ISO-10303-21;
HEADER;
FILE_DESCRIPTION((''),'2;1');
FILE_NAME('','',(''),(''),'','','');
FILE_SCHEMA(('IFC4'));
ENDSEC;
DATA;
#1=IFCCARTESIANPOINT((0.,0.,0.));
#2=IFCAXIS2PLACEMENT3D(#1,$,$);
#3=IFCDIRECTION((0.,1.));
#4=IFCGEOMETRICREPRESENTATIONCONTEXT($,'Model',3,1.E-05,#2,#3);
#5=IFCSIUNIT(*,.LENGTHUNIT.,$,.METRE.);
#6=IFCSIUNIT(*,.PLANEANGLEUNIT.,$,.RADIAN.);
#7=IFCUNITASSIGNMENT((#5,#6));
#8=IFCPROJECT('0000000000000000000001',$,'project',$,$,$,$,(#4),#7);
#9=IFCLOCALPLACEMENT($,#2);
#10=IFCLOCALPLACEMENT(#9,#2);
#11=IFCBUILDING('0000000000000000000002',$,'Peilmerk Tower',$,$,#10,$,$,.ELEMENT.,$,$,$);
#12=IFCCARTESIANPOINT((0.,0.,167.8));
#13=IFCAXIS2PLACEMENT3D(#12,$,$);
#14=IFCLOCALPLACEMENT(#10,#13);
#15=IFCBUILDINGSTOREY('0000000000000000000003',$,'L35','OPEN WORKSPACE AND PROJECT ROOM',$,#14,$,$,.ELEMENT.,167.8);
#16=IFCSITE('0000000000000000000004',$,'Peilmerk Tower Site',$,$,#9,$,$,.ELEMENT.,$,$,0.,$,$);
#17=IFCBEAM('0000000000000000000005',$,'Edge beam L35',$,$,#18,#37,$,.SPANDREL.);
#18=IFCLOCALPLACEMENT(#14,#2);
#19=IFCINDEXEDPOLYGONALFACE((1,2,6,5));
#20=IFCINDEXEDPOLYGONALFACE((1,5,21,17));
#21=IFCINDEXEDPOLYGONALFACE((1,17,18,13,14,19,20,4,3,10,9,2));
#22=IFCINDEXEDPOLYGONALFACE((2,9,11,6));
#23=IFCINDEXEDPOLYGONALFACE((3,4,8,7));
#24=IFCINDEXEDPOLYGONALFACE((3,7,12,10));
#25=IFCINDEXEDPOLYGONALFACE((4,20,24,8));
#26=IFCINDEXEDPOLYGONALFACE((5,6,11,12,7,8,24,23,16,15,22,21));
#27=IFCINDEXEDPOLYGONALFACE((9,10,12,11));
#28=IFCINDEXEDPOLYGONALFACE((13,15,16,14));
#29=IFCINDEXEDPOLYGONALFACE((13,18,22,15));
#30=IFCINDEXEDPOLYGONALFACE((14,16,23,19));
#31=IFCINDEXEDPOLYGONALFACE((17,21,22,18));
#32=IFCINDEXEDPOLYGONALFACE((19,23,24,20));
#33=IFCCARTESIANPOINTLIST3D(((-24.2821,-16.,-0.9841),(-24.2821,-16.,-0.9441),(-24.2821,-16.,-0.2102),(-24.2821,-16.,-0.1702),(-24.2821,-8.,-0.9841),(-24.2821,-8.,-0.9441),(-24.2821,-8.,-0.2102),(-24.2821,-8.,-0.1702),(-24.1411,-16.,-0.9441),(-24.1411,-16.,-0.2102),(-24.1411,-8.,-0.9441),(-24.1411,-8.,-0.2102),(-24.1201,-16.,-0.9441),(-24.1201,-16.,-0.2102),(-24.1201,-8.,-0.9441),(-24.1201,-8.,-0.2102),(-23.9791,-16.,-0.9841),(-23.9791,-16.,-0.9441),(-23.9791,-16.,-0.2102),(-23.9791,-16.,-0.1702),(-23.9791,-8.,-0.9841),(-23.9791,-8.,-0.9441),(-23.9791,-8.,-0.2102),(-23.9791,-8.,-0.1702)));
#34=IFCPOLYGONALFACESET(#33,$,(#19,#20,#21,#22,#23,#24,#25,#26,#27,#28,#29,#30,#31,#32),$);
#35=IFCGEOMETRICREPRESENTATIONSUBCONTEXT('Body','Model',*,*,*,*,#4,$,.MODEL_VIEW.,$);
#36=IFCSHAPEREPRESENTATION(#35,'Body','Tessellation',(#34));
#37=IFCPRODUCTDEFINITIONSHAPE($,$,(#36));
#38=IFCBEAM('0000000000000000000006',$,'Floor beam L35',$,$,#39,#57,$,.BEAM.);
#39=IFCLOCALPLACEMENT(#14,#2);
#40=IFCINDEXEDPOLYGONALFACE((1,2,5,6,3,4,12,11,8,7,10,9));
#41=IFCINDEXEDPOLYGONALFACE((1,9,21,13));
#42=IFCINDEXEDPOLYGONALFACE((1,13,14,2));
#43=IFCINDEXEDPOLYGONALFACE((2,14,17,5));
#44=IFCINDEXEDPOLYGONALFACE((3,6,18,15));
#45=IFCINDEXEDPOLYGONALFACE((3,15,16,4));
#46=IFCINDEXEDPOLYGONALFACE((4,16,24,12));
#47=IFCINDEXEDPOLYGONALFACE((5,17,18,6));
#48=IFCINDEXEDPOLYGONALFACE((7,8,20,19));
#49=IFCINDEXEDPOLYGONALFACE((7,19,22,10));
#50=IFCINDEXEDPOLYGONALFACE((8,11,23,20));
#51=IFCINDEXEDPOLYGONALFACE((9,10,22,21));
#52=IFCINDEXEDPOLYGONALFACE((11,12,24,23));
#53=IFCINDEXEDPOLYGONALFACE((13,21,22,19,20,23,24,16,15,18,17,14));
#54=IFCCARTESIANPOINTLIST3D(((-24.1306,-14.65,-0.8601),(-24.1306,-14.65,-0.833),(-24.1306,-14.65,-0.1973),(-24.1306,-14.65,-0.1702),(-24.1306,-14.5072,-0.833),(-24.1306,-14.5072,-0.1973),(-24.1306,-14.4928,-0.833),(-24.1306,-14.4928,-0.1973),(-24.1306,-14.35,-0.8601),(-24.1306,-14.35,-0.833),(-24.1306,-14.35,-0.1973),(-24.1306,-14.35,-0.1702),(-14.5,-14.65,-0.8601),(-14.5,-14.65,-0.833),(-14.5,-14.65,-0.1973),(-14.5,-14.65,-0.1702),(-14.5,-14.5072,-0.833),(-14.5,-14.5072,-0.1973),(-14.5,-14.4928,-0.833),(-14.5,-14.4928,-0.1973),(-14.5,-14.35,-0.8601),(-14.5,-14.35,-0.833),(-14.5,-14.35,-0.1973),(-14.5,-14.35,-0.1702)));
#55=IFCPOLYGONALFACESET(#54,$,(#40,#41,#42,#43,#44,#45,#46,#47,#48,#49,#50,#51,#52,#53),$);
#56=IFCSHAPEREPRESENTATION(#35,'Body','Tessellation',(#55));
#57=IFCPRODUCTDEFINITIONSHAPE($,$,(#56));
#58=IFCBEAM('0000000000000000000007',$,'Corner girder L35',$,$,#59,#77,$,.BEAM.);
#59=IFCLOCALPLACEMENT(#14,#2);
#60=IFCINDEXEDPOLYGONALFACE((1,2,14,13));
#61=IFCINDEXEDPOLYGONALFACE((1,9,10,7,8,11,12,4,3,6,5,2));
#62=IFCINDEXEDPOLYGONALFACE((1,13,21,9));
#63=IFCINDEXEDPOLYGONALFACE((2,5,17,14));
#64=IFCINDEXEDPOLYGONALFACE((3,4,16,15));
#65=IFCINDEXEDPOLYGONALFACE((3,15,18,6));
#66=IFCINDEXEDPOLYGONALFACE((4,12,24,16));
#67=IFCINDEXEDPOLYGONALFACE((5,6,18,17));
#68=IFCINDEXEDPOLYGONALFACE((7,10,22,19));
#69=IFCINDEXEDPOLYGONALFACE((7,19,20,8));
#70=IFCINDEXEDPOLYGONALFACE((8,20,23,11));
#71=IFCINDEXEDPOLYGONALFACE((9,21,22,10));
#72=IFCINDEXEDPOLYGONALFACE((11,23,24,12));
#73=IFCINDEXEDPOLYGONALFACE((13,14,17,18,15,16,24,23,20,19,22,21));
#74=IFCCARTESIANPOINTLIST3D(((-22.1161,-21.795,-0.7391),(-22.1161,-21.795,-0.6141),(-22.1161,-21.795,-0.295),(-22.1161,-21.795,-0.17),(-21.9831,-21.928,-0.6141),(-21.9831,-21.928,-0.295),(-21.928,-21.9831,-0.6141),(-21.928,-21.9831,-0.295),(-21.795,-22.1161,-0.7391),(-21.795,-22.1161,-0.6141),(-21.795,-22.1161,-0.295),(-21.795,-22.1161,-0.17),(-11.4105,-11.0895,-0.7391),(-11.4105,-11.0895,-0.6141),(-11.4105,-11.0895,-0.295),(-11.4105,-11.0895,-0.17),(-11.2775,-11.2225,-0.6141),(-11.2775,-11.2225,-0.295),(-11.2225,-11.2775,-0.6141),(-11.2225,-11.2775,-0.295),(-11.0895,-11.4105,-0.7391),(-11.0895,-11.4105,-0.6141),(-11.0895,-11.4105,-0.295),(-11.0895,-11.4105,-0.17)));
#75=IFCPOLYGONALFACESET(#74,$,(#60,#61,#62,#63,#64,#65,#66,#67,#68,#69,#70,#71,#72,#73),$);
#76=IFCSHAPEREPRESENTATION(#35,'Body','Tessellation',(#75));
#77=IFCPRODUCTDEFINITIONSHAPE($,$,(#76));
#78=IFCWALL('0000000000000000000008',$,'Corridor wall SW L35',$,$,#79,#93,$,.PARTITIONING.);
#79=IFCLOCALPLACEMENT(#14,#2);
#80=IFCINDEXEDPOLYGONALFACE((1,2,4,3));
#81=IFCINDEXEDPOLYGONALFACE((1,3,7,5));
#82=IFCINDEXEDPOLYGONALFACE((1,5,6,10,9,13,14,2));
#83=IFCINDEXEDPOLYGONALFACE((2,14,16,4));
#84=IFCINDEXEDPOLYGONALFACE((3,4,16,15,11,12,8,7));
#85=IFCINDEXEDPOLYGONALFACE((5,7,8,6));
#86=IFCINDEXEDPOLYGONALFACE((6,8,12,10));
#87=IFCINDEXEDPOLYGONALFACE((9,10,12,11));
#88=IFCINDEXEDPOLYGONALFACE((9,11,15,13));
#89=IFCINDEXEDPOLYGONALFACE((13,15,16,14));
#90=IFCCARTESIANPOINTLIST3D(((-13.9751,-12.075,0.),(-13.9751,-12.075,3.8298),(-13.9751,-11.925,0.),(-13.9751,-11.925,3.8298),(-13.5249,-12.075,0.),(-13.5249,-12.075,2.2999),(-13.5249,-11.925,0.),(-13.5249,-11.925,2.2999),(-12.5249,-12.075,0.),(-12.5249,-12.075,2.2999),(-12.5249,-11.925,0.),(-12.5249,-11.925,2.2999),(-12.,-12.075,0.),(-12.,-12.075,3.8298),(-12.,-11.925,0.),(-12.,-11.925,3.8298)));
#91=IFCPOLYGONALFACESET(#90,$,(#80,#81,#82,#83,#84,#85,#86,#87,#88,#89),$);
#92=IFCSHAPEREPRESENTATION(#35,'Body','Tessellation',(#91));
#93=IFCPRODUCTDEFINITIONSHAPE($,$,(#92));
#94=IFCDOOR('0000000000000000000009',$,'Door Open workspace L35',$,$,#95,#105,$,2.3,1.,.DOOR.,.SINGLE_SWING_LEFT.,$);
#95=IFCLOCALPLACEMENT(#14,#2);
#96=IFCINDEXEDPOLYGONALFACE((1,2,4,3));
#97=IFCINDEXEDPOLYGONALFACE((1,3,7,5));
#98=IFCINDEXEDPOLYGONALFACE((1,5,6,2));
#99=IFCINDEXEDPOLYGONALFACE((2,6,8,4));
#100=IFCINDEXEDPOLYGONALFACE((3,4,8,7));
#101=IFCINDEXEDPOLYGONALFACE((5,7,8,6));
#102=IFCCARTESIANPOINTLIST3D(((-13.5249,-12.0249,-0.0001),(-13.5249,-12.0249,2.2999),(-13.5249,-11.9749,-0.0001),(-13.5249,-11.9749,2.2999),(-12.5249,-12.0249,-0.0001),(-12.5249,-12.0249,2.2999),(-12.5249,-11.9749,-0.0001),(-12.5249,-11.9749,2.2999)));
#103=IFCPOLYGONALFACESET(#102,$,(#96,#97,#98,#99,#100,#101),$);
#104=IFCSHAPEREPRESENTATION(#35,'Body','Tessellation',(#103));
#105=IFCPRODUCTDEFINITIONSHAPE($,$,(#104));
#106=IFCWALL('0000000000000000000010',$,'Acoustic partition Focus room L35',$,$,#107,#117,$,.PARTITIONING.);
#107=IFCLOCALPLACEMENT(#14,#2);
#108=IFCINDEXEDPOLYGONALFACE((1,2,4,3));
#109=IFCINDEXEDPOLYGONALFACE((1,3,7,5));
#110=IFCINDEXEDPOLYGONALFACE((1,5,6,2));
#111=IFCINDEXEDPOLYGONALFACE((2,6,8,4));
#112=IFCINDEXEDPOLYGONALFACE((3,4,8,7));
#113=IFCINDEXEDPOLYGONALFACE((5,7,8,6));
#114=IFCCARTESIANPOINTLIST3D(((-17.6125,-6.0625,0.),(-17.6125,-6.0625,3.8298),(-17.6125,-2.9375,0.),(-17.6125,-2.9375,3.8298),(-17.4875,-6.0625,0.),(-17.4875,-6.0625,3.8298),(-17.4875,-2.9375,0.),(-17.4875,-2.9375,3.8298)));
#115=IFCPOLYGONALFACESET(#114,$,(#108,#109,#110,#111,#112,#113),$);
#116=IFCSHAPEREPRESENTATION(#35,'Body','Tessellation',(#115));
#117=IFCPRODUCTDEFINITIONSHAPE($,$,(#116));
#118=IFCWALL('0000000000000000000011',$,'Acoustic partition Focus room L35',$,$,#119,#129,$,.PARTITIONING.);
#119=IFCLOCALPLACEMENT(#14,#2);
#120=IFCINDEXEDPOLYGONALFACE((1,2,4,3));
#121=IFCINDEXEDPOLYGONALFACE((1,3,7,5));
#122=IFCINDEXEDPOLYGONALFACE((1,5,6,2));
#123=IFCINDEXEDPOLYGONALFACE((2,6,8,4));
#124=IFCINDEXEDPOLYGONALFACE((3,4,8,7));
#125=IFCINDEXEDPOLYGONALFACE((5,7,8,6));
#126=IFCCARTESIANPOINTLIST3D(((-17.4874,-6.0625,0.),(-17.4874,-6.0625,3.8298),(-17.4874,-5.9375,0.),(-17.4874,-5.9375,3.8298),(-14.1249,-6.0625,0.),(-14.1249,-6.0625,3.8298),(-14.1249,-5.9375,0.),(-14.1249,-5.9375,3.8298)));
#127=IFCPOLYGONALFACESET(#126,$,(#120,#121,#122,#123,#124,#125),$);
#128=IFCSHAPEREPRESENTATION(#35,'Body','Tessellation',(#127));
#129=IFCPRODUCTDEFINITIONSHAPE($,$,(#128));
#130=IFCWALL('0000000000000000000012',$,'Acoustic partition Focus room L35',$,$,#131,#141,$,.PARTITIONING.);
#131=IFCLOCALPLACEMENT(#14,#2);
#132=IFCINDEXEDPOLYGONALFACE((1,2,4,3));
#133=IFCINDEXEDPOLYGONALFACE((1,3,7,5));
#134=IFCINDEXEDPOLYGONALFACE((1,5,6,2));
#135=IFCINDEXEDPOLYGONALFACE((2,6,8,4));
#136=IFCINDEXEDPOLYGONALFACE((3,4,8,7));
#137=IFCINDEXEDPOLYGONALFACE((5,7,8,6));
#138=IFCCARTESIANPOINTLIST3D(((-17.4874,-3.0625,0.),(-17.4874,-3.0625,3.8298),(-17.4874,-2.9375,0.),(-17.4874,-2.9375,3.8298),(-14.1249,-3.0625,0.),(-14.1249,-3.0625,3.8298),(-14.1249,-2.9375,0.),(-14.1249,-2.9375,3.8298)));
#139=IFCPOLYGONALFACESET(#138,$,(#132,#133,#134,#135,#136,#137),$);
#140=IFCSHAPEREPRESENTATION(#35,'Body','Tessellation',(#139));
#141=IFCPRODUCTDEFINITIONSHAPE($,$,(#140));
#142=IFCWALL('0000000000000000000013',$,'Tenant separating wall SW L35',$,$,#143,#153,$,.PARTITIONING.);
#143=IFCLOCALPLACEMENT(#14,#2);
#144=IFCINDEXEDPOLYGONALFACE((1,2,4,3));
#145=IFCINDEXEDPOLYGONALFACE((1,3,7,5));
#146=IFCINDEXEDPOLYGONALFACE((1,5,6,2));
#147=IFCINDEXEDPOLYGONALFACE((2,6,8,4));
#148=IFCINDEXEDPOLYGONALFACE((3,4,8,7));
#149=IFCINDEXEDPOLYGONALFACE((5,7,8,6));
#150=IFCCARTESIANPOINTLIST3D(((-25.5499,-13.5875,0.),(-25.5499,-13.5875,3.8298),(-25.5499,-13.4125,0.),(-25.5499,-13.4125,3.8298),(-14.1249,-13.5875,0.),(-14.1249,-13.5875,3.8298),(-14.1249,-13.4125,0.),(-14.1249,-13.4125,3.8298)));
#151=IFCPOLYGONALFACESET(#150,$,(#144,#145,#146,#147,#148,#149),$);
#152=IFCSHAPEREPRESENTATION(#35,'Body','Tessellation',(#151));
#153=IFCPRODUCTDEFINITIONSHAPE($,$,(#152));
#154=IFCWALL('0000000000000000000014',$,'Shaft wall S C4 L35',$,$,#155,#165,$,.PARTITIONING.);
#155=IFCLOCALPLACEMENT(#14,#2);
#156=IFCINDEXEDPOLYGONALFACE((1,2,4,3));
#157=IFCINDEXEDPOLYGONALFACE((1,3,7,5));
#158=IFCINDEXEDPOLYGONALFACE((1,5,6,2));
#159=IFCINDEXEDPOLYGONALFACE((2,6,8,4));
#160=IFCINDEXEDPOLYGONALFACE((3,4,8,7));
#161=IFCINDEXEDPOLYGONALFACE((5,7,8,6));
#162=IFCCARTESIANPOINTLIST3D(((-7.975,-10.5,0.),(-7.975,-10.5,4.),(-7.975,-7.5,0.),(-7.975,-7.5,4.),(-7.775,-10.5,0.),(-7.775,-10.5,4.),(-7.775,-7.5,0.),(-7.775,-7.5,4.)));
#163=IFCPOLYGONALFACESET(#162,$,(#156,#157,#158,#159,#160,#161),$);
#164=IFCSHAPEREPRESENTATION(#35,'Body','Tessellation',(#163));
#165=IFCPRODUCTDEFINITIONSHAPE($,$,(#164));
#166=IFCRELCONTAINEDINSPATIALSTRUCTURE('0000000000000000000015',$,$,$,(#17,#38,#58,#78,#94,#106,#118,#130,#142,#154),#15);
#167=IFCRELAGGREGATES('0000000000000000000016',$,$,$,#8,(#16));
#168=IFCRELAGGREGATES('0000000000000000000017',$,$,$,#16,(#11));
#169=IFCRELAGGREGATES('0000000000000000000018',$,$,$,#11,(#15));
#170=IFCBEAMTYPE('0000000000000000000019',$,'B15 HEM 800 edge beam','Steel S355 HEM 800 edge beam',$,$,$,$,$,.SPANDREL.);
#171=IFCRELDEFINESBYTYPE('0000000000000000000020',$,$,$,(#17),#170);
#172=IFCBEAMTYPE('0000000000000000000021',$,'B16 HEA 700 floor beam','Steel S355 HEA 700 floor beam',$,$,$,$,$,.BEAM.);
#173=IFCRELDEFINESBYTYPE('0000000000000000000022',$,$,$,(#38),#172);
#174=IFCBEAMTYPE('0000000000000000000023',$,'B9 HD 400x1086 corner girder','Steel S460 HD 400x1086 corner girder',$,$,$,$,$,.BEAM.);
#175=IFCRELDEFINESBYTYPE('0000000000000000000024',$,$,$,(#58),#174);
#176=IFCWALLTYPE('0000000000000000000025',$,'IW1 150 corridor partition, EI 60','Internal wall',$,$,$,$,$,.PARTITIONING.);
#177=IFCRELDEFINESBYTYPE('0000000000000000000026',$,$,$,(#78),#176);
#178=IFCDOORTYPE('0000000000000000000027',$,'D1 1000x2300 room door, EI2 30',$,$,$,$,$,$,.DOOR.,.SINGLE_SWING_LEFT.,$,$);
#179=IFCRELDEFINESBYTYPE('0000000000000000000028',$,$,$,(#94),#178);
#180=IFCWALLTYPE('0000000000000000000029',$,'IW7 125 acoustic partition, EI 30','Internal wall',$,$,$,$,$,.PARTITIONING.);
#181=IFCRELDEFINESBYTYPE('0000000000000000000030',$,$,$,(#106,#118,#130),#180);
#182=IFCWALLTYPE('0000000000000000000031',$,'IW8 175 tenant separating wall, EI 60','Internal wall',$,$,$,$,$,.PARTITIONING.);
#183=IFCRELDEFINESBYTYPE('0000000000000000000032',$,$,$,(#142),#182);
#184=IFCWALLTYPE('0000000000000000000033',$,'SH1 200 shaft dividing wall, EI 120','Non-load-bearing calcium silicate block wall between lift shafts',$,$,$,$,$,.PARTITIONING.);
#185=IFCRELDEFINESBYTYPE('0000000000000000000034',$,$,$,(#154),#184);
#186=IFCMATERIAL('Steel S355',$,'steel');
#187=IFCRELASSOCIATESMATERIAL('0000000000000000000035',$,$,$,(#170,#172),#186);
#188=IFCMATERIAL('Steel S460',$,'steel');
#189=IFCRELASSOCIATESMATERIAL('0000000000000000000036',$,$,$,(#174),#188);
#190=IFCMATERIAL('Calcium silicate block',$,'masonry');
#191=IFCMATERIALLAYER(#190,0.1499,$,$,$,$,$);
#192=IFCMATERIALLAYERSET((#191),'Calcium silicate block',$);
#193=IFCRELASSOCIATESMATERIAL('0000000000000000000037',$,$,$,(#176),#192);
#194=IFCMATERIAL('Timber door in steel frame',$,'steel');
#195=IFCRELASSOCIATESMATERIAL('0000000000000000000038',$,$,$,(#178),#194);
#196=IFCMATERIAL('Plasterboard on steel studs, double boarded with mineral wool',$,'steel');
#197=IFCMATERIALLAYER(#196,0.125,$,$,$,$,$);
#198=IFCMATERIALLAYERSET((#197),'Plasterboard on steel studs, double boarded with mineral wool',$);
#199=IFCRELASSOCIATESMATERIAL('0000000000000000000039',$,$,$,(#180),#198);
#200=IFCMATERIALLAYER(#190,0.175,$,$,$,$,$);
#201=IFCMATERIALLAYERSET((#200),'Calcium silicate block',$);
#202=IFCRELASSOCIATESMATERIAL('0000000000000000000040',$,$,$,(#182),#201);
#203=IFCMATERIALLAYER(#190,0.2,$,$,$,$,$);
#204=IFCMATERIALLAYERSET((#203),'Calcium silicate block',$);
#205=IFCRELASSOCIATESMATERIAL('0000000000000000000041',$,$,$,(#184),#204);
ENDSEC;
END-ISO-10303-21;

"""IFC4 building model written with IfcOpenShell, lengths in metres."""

from ifc_helpers import new_model, si_unit, direction, frame, frame_2d, origin, origin_2d, place, context, subcontext, project, spatial, rectangle, i_section, extrude, material, layer, layer_set, material_profile, profile_set, type_object, element, fill, save


model = new_model("IFC4")

# Units and contexts
model_context = context("Model", 3, precision=1e-05, world=origin(), true_north=direction((0.0, 1.0)))
body_context = subcontext(model_context, "Body", "Model", "MODEL_VIEW")
ifc_project = project(units=[si_unit("LENGTHUNIT", "METRE"), si_unit("PLANEANGLEUNIT", "RADIAN")], contexts=[model_context])

# Site, building, storey
site_placement = place(None, origin())
site = spatial("IfcSite", under=ifc_project, at=site_placement, Name="Peilmerk Tower Site", CompositionType="ELEMENT", RefElevation=0.0)
building_placement = place(site_placement, origin())
building = spatial("IfcBuilding", under=site, at=building_placement, Name="Peilmerk Tower", CompositionType="ELEMENT")
storey_placement = place(building_placement, frame((0.0, 0.0, 167.8)))
storey = spatial("IfcBuildingStorey", under=building, at=storey_placement, Name="L35", Description="OPEN WORKSPACE AND PROJECT ROOM", CompositionType="ELEMENT", Elevation=167.8)

# Shared definitions
ifc_material_1 = material(Name="Steel S460", Category="steel")

# Beams
ifc_material_2 = material(Name="Steel S355", Category="steel")
ifc_material_profile_1 = material_profile(ifc_material_2, i_section(OverallWidth=0.303, OverallDepth=0.814, WebThickness=0.021, FlangeThickness=0.04, at=origin_2d()), Name="HEM 800")
ifc_profile_set_1 = profile_set([ifc_material_profile_1], Name="Steel S355")
beam_type_1 = type_object("IfcBeamType", Name="B15 HEM 800 edge beam", Description="Steel S355 HEM 800 edge beam", PredefinedType="SPANDREL", material=ifc_profile_set_1)
for number, where, z_axis, x_axis, name in (
    (1, (-24.1306, -8.0, -0.5771), (0.0, -1.0, 0.0), (1.0, 0.0, 0.0), "Edge beam L35"),
):
    element("IfcBeam", number, at=place(storey_placement, frame(where, z_axis=z_axis, x_axis=x_axis)), inside=storey, type_object=beam_type_1, Name=name, PredefinedType="SPANDREL", context=body_context, shape_type="SweptSolid", body=[
        extrude(i_section(OverallWidth=0.303, OverallDepth=0.814, WebThickness=0.021, FlangeThickness=0.04, at=origin_2d()), origin(), (0.0, 0.0, 1.0), 8.0),
    ])
ifc_material_profile_2 = material_profile(ifc_material_2, i_section(OverallWidth=0.3, OverallDepth=0.6899, WebThickness=0.0144, FlangeThickness=0.0271, at=origin_2d()), Name="HEA 700")
ifc_profile_set_2 = profile_set([ifc_material_profile_2], Name="Steel S355")
beam_type_2 = type_object("IfcBeamType", Name="B16 HEA 700 floor beam", Description="Steel S355 HEA 700 floor beam", PredefinedType="BEAM", material=ifc_profile_set_2)
beam_1_placement = place(storey_placement, frame((-14.5, -14.5, -0.5151), z_axis=(-1.0, 0.0, 0.0), x_axis=(0.0, -1.0, 0.0)))
element("IfcBeam", 2, at=beam_1_placement, inside=storey, type_object=beam_type_2, Name="Floor beam L35", PredefinedType="BEAM", context=body_context, shape_type="SweptSolid", body=[
    extrude(i_section(OverallWidth=0.3, OverallDepth=0.6899, WebThickness=0.0144, FlangeThickness=0.0271, at=origin_2d()), origin(), (0.0, 0.0, 1.0), 9.6306),
])
ifc_material_profile_3 = material_profile(ifc_material_1, i_section(OverallWidth=0.4541, OverallDepth=0.5691, WebThickness=0.0779, FlangeThickness=0.125, at=origin_2d()), Name="HD 400x1086")
ifc_profile_set_3 = profile_set([ifc_material_profile_3], Name="Steel S460")
beam_type_3 = type_object("IfcBeamType", Name="B9 HD 400x1086 corner girder", Description="Steel S460 HD 400x1086 corner girder", PredefinedType="BEAM", material=ifc_profile_set_3)
beam_2_placement = place(storey_placement, frame((-11.25, -11.25, -0.4546), z_axis=(-0.707107, -0.707107, 0.0), x_axis=(0.707107, -0.707107, 0.0)))
element("IfcBeam", 3, at=beam_2_placement, inside=storey, type_object=beam_type_3, Name="Corner girder L35", PredefinedType="BEAM", context=body_context, shape_type="SweptSolid", body=[
    extrude(i_section(OverallWidth=0.4541, OverallDepth=0.5691, WebThickness=0.0779, FlangeThickness=0.125, at=origin_2d()), origin(), (0.0, 0.0, 1.0), 15.1399),
])

# Wall, opening, door
ifc_material_3 = material(Name="Calcium silicate block", Category="masonry")
ifc_layer_1 = layer(ifc_material_3, 0.1499)
ifc_layer_set_1 = layer_set([ifc_layer_1], Name="Calcium silicate block")
wall_type_1 = type_object("IfcWallType", Name="IW1 150 corridor partition, EI 60", Description="Internal wall", PredefinedType="PARTITIONING", material=ifc_layer_set_1)
wall_1_placement = place(storey_placement, frame((-12.0, -12.0, 0.0), z_axis=(0.0, 0.0, 1.0), x_axis=(-1.0, 0.0, 0.0)))
wall_1 = element("IfcWall", 4, at=wall_1_placement, inside=storey, type_object=wall_type_1, Name="Corridor wall SW L35", PredefinedType="PARTITIONING", context=body_context, shape_type="SweptSolid", body=[
    extrude(rectangle(XDim=1.9751, YDim=0.1499, at=frame_2d((0.9875, 0.0))), origin(), (0.0, 0.0, 1.0), 3.8298),
])
opening_1_placement = place(wall_1_placement, frame((0.5249, 0.0, 0.0)))
opening_1 = element("IfcOpeningElement", 5, at=opening_1_placement, cuts=wall_1, PredefinedType="OPENING", context=body_context, shape_type="SweptSolid", body=[
    extrude(rectangle(XDim=1.0, YDim=2.3, at=frame_2d((0.5, 1.1499))), frame((0.0, 0.085, 0.0), z_axis=(0.0, -1.0, 0.0), x_axis=(1.0, 0.0, 0.0)), (0.0, 0.0, 1.0), 0.1699),
])
ifc_material_4 = material(Name="Timber door in steel frame", Category="steel")
door_type_1 = type_object("IfcDoorType", Name="D1 1000x2300 room door, EI2 30", OperationType="SINGLE_SWING_LEFT", PredefinedType="DOOR", material=ifc_material_4)
door_1_placement = place(opening_1_placement, origin())
door_1 = element("IfcDoor", 6, at=door_1_placement, inside=storey, type_object=door_type_1, Name="Door Open workspace L35", OperationType="SINGLE_SWING_LEFT", OverallHeight=2.3, OverallWidth=1.0, PredefinedType="DOOR", context=body_context, shape_type="SweptSolid", body=[
    extrude(rectangle(XDim=1.0, YDim=2.3, at=frame_2d((0.5, 1.1499))), frame((0.0, 0.0249, 0.0), z_axis=(0.0, -1.0, 0.0), x_axis=(1.0, 0.0, 0.0)), (0.0, 0.0, 1.0), 0.05),
])
fill(opening_1, door_1)

# Walls
ifc_material_5 = material(Name="Plasterboard on steel studs, double boarded with mineral wool", Category="steel")
ifc_layer_2 = layer(ifc_material_5, 0.125)
ifc_layer_set_2 = layer_set([ifc_layer_2], Name="Plasterboard on steel studs, double boarded with mineral wool")
wall_type_2 = type_object("IfcWallType", Name="IW7 125 acoustic partition, EI 30", Description="Internal wall", PredefinedType="PARTITIONING", material=ifc_layer_set_2)
wall_2_placement = place(storey_placement, frame((-17.55, -6.0625, 0.0), z_axis=(0.0, 0.0, 1.0), x_axis=(0.0, 1.0, 0.0)))
element("IfcWall", 7, at=wall_2_placement, inside=storey, type_object=wall_type_2, Name="Acoustic partition Focus room L35", PredefinedType="PARTITIONING", context=body_context, shape_type="SweptSolid", body=[
    extrude(rectangle(XDim=3.125, YDim=0.125, at=frame_2d((1.5625, 0.0))), origin(), (0.0, 0.0, 1.0), 3.8298),
])
for number, where, z_axis, x_axis, name in (
    (8, (-14.125, -6.0, 0.0), (0.0, 0.0, 1.0), (-1.0, 0.0, 0.0), "Acoustic partition Focus room L35"),
    (9, (-14.125, -3.0, 0.0), (0.0, 0.0, 1.0), (-1.0, 0.0, 0.0), "Acoustic partition Focus room L35"),
):
    element("IfcWall", number, at=place(storey_placement, frame(where, z_axis=z_axis, x_axis=x_axis)), inside=storey, type_object=wall_type_2, Name=name, PredefinedType="PARTITIONING", context=body_context, shape_type="SweptSolid", body=[
        extrude(rectangle(XDim=3.3625, YDim=0.125, at=frame_2d((1.6812, 0.0))), origin(), (0.0, 0.0, 1.0), 3.8298),
    ])
ifc_layer_3 = layer(ifc_material_3, 0.175)
ifc_layer_set_3 = layer_set([ifc_layer_3], Name="Calcium silicate block")
wall_type_3 = type_object("IfcWallType", Name="IW8 175 tenant separating wall, EI 60", Description="Internal wall", PredefinedType="PARTITIONING", material=ifc_layer_set_3)
wall_3_placement = place(storey_placement, frame((-14.125, -13.5, 0.0), z_axis=(0.0, 0.0, 1.0), x_axis=(-1.0, 0.0, 0.0)))
element("IfcWall", 10, at=wall_3_placement, inside=storey, type_object=wall_type_3, Name="Tenant separating wall SW L35", PredefinedType="PARTITIONING", context=body_context, shape_type="SweptSolid", body=[
    extrude(rectangle(XDim=11.425, YDim=0.175, at=frame_2d((5.7124, 0.0))), origin(), (0.0, 0.0, 1.0), 3.8298),
])
ifc_layer_4 = layer(ifc_material_3, 0.2)
ifc_layer_set_4 = layer_set([ifc_layer_4], Name="Calcium silicate block")
wall_type_4 = type_object("IfcWallType", Name="SH1 200 shaft dividing wall, EI 120", Description="Non-load-bearing calcium silicate block wall between lift shafts", PredefinedType="PARTITIONING", material=ifc_layer_set_4)
wall_4_placement = place(storey_placement, frame((-7.875, -10.5, 0.0), z_axis=(0.0, 0.0, 1.0), x_axis=(0.0, 1.0, 0.0)))
element("IfcWall", 11, at=wall_4_placement, inside=storey, type_object=wall_type_4, Name="Shaft wall S C4 L35", PredefinedType="PARTITIONING", context=body_context, shape_type="SweptSolid", body=[
    extrude(rectangle(XDim=3.0, YDim=0.2, at=frame_2d((1.5, 0.0))), origin(), (0.0, 0.0, 1.0), 4.0),
])

save(model, "model.ifc")
